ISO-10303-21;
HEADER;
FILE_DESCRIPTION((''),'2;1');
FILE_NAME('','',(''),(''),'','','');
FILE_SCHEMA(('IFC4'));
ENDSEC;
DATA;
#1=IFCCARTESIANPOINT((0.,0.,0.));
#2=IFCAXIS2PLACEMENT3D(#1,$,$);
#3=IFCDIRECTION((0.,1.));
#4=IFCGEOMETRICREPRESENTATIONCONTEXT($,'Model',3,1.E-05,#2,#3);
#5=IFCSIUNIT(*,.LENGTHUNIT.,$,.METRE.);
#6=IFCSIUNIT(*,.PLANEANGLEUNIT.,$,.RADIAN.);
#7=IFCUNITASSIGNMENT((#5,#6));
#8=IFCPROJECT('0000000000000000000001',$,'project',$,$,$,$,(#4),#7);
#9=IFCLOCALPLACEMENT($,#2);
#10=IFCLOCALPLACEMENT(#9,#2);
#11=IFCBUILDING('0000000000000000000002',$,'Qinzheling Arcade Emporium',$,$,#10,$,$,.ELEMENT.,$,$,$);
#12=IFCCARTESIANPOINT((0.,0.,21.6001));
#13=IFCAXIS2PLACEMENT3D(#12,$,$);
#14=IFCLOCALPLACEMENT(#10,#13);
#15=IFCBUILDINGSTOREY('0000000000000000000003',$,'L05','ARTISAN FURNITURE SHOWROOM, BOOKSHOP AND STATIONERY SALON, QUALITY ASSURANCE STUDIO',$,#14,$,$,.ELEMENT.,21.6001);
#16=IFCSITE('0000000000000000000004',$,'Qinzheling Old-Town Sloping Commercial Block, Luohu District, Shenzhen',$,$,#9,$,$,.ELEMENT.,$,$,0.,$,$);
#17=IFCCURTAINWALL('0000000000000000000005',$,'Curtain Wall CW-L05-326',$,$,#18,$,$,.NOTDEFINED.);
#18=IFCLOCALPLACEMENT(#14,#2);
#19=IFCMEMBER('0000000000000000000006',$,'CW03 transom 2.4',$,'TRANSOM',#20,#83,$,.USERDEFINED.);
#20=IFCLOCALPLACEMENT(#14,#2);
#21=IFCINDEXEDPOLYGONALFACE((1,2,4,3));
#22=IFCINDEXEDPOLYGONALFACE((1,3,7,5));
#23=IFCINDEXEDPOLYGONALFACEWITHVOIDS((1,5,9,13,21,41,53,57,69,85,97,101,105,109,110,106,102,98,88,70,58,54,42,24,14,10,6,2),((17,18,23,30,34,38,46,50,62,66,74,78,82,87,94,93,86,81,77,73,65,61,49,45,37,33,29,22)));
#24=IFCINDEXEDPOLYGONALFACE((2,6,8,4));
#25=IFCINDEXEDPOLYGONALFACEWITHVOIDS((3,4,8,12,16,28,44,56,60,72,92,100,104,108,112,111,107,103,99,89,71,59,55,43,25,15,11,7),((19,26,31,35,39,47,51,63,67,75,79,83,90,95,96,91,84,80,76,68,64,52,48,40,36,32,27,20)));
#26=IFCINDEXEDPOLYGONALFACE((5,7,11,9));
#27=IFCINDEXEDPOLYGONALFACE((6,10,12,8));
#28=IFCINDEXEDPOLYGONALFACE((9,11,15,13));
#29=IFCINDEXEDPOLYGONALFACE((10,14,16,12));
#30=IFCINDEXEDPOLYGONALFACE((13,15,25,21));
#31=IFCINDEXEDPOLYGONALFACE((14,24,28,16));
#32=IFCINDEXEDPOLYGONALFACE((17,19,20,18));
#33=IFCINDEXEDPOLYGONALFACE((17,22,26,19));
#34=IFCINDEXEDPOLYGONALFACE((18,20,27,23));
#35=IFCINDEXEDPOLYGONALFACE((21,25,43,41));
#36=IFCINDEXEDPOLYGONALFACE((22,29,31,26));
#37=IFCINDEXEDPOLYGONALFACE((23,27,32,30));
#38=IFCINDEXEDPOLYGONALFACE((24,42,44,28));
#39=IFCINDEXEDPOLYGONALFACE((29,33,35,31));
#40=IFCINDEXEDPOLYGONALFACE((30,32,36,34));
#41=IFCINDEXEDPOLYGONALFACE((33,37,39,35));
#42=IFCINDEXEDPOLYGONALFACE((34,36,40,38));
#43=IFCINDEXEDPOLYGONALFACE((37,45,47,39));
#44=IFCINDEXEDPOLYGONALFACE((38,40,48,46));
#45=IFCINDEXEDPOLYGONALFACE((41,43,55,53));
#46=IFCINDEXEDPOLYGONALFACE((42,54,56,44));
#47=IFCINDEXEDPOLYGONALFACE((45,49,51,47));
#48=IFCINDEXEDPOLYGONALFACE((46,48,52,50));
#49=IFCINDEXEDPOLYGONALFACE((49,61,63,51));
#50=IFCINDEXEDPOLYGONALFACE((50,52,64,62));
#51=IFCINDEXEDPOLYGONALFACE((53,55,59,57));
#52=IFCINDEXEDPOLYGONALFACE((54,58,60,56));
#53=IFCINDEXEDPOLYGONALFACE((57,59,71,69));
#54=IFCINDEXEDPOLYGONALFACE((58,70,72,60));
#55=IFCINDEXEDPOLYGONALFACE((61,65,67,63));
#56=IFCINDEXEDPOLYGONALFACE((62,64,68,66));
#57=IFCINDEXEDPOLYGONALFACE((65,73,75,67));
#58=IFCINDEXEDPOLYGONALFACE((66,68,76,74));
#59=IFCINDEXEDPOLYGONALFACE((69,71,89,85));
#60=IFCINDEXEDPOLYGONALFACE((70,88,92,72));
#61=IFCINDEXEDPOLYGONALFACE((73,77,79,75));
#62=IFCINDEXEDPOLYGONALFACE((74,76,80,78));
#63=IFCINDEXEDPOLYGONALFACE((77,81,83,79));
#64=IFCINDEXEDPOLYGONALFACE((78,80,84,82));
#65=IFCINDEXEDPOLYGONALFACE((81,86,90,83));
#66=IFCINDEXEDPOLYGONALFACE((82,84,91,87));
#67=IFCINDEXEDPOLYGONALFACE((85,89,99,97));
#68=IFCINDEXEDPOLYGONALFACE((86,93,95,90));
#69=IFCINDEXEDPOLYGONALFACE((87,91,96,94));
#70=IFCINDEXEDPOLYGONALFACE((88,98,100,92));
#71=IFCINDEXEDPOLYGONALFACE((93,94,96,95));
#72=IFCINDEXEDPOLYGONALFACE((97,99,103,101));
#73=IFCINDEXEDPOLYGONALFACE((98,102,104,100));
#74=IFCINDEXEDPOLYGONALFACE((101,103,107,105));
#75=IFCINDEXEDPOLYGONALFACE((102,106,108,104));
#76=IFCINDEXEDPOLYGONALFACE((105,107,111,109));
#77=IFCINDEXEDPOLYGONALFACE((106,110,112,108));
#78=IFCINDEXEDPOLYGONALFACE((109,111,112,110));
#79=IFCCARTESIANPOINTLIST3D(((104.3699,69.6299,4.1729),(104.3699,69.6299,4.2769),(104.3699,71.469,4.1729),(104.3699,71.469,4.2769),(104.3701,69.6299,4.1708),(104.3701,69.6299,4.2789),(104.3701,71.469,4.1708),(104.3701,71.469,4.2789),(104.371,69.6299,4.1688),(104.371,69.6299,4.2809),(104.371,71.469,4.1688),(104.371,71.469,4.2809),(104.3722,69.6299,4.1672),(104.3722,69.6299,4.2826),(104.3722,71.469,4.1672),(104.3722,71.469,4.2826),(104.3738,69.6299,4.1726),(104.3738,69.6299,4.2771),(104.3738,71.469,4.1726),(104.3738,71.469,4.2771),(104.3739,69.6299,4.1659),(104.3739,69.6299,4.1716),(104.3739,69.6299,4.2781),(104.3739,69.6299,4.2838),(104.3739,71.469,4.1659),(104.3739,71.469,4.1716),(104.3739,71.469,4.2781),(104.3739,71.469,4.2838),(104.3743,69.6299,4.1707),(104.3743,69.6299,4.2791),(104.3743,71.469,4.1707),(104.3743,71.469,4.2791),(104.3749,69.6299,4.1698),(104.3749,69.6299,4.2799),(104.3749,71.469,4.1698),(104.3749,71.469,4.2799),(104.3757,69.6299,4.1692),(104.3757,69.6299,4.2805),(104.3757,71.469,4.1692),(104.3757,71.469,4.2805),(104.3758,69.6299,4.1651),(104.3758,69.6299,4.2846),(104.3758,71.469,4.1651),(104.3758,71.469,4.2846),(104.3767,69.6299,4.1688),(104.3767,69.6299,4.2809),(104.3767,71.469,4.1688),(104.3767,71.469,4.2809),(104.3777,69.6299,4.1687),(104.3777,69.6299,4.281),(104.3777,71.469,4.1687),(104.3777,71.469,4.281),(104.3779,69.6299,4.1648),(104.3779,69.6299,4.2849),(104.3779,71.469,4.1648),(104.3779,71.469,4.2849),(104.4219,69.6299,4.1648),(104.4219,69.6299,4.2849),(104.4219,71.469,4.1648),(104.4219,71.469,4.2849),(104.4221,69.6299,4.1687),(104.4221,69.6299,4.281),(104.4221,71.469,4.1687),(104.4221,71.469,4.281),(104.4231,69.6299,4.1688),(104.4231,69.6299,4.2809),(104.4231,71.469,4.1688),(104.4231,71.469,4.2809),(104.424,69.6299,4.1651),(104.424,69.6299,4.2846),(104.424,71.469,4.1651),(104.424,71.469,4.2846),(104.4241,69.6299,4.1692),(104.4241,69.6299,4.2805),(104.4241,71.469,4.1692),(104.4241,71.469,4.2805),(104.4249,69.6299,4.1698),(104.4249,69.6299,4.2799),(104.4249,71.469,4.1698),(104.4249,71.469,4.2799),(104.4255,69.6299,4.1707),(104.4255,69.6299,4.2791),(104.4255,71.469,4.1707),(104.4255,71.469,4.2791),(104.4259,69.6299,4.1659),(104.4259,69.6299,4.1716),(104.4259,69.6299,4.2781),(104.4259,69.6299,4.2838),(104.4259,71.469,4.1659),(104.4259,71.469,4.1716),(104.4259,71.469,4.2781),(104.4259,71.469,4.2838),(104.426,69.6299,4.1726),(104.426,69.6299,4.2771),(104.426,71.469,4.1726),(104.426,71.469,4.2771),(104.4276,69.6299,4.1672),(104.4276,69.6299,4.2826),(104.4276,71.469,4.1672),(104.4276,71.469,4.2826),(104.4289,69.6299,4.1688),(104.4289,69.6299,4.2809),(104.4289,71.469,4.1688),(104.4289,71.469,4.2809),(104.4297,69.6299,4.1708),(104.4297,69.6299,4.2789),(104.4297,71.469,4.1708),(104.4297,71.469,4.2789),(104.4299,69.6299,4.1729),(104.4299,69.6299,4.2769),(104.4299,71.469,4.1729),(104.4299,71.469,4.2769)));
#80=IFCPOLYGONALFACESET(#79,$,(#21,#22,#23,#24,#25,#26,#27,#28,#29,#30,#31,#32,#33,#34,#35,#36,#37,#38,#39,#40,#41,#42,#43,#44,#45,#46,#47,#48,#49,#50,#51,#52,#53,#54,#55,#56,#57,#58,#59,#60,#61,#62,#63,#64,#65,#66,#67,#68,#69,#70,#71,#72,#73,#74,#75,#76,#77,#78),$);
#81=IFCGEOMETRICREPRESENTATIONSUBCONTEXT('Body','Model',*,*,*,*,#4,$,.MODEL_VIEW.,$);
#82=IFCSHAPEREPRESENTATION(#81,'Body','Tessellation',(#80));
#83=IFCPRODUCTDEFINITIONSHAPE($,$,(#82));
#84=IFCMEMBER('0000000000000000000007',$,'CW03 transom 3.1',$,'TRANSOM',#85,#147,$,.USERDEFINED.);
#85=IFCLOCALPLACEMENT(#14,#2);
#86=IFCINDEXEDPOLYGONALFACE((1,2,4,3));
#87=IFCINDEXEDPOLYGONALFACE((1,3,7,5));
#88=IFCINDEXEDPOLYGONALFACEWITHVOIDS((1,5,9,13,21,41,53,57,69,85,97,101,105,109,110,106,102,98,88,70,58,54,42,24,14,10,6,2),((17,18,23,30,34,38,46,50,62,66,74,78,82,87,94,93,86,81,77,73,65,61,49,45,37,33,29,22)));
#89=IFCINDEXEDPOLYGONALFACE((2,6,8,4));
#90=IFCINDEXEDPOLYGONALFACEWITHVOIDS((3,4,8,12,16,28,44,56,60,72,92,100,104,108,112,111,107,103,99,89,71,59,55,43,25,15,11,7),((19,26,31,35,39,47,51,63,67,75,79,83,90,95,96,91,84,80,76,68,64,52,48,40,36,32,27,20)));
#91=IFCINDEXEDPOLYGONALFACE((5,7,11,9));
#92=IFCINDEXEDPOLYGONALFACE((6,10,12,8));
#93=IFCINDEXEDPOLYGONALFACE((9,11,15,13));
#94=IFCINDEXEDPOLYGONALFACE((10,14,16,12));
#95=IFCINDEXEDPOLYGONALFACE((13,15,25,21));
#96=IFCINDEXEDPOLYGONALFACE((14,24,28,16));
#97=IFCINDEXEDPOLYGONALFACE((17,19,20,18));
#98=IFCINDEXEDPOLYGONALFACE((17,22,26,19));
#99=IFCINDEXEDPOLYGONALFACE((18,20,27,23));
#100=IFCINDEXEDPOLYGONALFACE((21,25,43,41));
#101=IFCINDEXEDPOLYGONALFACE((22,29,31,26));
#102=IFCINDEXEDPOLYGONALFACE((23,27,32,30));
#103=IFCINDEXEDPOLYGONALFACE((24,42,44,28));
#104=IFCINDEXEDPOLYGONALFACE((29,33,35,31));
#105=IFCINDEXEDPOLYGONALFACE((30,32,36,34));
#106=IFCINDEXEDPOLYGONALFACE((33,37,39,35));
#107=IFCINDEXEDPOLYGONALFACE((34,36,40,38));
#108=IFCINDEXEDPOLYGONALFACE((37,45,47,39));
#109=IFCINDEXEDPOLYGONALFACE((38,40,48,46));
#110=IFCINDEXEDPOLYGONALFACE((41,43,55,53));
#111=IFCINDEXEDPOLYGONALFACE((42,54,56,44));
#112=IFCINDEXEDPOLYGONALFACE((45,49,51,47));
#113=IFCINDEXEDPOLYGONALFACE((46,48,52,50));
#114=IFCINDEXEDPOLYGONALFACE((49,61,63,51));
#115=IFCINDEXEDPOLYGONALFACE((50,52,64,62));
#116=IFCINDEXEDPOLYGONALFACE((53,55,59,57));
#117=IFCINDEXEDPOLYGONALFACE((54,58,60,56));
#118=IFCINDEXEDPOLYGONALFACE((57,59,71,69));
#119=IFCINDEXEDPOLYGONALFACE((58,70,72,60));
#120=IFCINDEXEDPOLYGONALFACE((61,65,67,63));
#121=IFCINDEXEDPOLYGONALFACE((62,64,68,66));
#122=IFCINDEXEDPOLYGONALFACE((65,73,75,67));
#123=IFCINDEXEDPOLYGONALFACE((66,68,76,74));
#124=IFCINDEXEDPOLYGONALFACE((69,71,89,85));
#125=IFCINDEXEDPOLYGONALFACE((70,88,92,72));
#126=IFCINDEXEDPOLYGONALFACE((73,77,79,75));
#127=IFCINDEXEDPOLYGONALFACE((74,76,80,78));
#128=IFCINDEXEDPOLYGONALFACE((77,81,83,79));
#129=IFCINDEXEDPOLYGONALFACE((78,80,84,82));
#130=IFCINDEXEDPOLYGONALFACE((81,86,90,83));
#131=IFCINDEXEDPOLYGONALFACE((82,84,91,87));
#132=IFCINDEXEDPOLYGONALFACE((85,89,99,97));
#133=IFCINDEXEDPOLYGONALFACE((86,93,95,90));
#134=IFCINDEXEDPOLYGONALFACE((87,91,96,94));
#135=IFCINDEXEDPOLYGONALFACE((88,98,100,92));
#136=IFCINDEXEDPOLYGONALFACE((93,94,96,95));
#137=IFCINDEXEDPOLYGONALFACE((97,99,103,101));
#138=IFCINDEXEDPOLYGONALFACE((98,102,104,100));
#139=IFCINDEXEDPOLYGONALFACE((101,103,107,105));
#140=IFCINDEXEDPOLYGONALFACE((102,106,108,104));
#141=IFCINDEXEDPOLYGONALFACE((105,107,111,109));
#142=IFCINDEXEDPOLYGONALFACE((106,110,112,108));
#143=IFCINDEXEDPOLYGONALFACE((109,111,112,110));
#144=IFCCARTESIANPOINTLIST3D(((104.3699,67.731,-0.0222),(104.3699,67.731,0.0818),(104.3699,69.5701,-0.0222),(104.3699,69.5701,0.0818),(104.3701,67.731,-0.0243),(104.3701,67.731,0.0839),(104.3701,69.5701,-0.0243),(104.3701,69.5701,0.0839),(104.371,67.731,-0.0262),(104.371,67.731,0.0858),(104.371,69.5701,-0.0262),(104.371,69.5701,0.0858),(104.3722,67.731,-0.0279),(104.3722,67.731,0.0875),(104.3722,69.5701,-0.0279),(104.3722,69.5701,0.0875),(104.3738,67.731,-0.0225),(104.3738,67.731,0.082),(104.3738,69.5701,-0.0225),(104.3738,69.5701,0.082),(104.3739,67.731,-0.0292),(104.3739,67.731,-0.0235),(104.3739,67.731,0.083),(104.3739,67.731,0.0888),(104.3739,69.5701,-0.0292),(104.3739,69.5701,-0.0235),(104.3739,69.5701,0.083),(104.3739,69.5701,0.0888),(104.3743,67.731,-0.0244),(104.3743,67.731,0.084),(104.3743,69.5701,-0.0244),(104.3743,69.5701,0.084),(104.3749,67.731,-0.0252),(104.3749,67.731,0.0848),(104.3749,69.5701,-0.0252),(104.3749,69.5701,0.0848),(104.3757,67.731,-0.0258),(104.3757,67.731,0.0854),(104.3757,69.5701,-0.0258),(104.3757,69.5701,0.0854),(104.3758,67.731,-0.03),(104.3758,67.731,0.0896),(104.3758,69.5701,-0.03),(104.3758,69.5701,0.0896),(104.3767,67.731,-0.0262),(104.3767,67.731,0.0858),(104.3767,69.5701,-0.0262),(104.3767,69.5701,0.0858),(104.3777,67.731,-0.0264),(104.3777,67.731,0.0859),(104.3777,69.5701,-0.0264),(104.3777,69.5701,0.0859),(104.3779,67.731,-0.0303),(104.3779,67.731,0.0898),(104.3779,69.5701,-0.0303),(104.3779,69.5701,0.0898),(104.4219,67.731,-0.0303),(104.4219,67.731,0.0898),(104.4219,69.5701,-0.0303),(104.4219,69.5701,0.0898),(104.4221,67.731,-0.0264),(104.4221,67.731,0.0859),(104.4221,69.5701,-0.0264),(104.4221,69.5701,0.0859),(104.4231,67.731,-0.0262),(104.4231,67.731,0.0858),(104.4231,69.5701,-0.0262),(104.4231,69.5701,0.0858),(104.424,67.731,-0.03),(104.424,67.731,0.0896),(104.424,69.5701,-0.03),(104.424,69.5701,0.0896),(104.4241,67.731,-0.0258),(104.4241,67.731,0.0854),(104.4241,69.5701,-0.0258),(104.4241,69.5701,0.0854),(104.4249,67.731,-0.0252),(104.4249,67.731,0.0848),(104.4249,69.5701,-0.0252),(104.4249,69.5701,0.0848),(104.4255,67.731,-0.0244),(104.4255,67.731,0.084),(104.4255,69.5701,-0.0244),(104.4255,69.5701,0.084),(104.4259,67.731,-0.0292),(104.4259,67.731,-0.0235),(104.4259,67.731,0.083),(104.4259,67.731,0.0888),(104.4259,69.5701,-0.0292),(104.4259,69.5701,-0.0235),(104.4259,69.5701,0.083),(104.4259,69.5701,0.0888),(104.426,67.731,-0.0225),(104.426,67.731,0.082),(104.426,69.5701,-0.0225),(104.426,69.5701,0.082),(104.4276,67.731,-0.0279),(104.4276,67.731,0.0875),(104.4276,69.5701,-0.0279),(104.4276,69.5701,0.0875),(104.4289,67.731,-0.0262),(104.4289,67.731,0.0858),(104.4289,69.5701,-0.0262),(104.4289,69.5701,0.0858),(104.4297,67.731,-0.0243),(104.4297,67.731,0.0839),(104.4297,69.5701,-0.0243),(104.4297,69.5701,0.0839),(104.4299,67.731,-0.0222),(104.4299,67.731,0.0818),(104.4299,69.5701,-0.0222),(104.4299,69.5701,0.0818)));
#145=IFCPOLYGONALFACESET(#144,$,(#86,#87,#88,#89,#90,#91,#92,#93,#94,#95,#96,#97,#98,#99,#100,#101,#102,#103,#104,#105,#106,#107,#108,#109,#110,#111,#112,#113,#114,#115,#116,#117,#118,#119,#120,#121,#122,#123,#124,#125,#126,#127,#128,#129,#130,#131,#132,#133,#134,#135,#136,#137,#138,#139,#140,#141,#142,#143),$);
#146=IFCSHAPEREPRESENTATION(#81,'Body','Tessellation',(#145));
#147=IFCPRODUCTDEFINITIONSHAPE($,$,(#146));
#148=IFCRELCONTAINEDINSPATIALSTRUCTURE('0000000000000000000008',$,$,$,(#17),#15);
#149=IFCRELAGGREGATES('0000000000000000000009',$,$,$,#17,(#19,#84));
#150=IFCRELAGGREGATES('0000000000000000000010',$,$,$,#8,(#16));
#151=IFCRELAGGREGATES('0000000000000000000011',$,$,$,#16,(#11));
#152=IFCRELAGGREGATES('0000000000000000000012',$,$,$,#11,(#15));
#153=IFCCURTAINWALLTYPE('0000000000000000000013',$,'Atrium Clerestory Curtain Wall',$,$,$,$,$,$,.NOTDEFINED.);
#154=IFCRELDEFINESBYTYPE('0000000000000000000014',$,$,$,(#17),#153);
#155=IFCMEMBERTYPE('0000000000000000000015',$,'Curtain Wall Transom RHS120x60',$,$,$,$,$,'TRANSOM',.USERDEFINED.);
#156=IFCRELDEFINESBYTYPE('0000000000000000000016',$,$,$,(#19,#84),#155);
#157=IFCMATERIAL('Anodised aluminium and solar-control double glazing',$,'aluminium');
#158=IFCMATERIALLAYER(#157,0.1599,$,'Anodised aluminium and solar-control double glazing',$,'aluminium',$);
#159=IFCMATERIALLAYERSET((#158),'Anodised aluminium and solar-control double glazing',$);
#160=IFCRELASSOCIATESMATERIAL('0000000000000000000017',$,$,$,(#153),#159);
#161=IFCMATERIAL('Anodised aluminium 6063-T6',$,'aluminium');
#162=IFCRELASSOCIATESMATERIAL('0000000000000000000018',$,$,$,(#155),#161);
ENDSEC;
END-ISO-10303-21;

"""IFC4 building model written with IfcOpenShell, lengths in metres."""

from ifc_helpers import new_model, si_unit, direction, frame, origin, origin_2d, place, context, subcontext, project, spatial, hollow_rectangle, extrude, material, layer, layer_set, material_profile, profile_set, type_object, element, aggregate, save


model = new_model("IFC4")

# Units and contexts
model_context = context("Model", 3, precision=1e-05, world=origin(), true_north=direction((0.0, 1.0)))
body_context = subcontext(model_context, "Body", "Model", "MODEL_VIEW")
ifc_project = project(units=[si_unit("LENGTHUNIT", "METRE"), si_unit("PLANEANGLEUNIT", "RADIAN")], contexts=[model_context])

# Site, building, storey
site_placement = place(None, origin())
site = spatial("IfcSite", under=ifc_project, at=site_placement, Name="Qinzheling Old-Town Sloping Commercial Block, Luohu District, Shenzhen", CompositionType="ELEMENT", RefElevation=0.0)
building_placement = place(site_placement, origin())
building = spatial("IfcBuilding", under=site, at=building_placement, Name="Qinzheling Arcade Emporium", CompositionType="ELEMENT")
storey_placement = place(building_placement, frame((0.0, 0.0, 21.6001)))
storey = spatial("IfcBuildingStorey", under=building, at=storey_placement, Name="L05", Description="ARTISAN FURNITURE SHOWROOM, BOOKSHOP AND STATIONERY SALON, QUALITY ASSURANCE STUDIO", CompositionType="ELEMENT", Elevation=21.6001)

# Curtain wall, members
ifc_material_1 = material(Name="Anodised aluminium and solar-control double glazing", Category="aluminium")
ifc_layer_1 = layer(ifc_material_1, 0.1599, Name="Anodised aluminium and solar-control double glazing", Category="aluminium")
ifc_layer_set_1 = layer_set([ifc_layer_1], Name="Anodised aluminium and solar-control double glazing")
curtain_wall_type = type_object("IfcCurtainWallType", Name="Atrium Clerestory Curtain Wall", PredefinedType="NOTDEFINED", material=ifc_layer_set_1)
curtain_wall_placement = place(storey_placement, origin())
curtain_wall = element("IfcCurtainWall", 1, at=curtain_wall_placement, inside=storey, type_object=curtain_wall_type, Name="Curtain Wall CW-L05-326", PredefinedType="NOTDEFINED")
ifc_material_2 = material(Name="Anodised aluminium 6063-T6", Category="aluminium")
ifc_material_profile_1 = material_profile(ifc_material_2, hollow_rectangle(XDim=0.0601, YDim=0.1201, WallThickness=0.0039, InnerFilletRadius=0.0039, OuterFilletRadius=0.0081, at=origin_2d()), Name="RHS 120x60x4", Category="aluminium")
ifc_profile_set_1 = profile_set([ifc_material_profile_1], Name="Anodised aluminium 6063-T6")
member_type_1 = type_object("IfcMemberType", Name="Curtain Wall Transom RHS120x60", ElementType="TRANSOM", PredefinedType="USERDEFINED", material=ifc_profile_set_1)
member_1_placement = place(storey_placement, frame((104.3999, 71.469, 4.2249), z_axis=(0.0, -1.0, 0.0), x_axis=(1.0, 0.0, 0.0)))
member_1 = element("IfcMember", 2, at=member_1_placement, type_object=member_type_1, Name="CW03 transom 2.4", ObjectType="TRANSOM", PredefinedType="USERDEFINED", context=body_context, shape_type="SweptSolid", body=[
    extrude(hollow_rectangle(XDim=0.0601, YDim=0.1201, WallThickness=0.0039, InnerFilletRadius=0.0039, OuterFilletRadius=0.0081, at=origin_2d()), origin(), (0.0, 0.0, 1.0), 1.8391),
])
member_2_placement = place(storey_placement, frame((104.3999, 69.5701, 0.0298), z_axis=(0.0, -1.0, 0.0), x_axis=(1.0, 0.0, 0.0)))
member_2 = element("IfcMember", 3, at=member_2_placement, type_object=member_type_1, Name="CW03 transom 3.1", ObjectType="TRANSOM", PredefinedType="USERDEFINED", context=body_context, shape_type="SweptSolid", body=[
    extrude(hollow_rectangle(XDim=0.0601, YDim=0.1201, WallThickness=0.0039, InnerFilletRadius=0.0039, OuterFilletRadius=0.0081, at=origin_2d()), origin(), (0.0, 0.0, 1.0), 1.8391),
])
aggregate(curtain_wall, [member_1, member_2])

save(model, "model.ifc")
